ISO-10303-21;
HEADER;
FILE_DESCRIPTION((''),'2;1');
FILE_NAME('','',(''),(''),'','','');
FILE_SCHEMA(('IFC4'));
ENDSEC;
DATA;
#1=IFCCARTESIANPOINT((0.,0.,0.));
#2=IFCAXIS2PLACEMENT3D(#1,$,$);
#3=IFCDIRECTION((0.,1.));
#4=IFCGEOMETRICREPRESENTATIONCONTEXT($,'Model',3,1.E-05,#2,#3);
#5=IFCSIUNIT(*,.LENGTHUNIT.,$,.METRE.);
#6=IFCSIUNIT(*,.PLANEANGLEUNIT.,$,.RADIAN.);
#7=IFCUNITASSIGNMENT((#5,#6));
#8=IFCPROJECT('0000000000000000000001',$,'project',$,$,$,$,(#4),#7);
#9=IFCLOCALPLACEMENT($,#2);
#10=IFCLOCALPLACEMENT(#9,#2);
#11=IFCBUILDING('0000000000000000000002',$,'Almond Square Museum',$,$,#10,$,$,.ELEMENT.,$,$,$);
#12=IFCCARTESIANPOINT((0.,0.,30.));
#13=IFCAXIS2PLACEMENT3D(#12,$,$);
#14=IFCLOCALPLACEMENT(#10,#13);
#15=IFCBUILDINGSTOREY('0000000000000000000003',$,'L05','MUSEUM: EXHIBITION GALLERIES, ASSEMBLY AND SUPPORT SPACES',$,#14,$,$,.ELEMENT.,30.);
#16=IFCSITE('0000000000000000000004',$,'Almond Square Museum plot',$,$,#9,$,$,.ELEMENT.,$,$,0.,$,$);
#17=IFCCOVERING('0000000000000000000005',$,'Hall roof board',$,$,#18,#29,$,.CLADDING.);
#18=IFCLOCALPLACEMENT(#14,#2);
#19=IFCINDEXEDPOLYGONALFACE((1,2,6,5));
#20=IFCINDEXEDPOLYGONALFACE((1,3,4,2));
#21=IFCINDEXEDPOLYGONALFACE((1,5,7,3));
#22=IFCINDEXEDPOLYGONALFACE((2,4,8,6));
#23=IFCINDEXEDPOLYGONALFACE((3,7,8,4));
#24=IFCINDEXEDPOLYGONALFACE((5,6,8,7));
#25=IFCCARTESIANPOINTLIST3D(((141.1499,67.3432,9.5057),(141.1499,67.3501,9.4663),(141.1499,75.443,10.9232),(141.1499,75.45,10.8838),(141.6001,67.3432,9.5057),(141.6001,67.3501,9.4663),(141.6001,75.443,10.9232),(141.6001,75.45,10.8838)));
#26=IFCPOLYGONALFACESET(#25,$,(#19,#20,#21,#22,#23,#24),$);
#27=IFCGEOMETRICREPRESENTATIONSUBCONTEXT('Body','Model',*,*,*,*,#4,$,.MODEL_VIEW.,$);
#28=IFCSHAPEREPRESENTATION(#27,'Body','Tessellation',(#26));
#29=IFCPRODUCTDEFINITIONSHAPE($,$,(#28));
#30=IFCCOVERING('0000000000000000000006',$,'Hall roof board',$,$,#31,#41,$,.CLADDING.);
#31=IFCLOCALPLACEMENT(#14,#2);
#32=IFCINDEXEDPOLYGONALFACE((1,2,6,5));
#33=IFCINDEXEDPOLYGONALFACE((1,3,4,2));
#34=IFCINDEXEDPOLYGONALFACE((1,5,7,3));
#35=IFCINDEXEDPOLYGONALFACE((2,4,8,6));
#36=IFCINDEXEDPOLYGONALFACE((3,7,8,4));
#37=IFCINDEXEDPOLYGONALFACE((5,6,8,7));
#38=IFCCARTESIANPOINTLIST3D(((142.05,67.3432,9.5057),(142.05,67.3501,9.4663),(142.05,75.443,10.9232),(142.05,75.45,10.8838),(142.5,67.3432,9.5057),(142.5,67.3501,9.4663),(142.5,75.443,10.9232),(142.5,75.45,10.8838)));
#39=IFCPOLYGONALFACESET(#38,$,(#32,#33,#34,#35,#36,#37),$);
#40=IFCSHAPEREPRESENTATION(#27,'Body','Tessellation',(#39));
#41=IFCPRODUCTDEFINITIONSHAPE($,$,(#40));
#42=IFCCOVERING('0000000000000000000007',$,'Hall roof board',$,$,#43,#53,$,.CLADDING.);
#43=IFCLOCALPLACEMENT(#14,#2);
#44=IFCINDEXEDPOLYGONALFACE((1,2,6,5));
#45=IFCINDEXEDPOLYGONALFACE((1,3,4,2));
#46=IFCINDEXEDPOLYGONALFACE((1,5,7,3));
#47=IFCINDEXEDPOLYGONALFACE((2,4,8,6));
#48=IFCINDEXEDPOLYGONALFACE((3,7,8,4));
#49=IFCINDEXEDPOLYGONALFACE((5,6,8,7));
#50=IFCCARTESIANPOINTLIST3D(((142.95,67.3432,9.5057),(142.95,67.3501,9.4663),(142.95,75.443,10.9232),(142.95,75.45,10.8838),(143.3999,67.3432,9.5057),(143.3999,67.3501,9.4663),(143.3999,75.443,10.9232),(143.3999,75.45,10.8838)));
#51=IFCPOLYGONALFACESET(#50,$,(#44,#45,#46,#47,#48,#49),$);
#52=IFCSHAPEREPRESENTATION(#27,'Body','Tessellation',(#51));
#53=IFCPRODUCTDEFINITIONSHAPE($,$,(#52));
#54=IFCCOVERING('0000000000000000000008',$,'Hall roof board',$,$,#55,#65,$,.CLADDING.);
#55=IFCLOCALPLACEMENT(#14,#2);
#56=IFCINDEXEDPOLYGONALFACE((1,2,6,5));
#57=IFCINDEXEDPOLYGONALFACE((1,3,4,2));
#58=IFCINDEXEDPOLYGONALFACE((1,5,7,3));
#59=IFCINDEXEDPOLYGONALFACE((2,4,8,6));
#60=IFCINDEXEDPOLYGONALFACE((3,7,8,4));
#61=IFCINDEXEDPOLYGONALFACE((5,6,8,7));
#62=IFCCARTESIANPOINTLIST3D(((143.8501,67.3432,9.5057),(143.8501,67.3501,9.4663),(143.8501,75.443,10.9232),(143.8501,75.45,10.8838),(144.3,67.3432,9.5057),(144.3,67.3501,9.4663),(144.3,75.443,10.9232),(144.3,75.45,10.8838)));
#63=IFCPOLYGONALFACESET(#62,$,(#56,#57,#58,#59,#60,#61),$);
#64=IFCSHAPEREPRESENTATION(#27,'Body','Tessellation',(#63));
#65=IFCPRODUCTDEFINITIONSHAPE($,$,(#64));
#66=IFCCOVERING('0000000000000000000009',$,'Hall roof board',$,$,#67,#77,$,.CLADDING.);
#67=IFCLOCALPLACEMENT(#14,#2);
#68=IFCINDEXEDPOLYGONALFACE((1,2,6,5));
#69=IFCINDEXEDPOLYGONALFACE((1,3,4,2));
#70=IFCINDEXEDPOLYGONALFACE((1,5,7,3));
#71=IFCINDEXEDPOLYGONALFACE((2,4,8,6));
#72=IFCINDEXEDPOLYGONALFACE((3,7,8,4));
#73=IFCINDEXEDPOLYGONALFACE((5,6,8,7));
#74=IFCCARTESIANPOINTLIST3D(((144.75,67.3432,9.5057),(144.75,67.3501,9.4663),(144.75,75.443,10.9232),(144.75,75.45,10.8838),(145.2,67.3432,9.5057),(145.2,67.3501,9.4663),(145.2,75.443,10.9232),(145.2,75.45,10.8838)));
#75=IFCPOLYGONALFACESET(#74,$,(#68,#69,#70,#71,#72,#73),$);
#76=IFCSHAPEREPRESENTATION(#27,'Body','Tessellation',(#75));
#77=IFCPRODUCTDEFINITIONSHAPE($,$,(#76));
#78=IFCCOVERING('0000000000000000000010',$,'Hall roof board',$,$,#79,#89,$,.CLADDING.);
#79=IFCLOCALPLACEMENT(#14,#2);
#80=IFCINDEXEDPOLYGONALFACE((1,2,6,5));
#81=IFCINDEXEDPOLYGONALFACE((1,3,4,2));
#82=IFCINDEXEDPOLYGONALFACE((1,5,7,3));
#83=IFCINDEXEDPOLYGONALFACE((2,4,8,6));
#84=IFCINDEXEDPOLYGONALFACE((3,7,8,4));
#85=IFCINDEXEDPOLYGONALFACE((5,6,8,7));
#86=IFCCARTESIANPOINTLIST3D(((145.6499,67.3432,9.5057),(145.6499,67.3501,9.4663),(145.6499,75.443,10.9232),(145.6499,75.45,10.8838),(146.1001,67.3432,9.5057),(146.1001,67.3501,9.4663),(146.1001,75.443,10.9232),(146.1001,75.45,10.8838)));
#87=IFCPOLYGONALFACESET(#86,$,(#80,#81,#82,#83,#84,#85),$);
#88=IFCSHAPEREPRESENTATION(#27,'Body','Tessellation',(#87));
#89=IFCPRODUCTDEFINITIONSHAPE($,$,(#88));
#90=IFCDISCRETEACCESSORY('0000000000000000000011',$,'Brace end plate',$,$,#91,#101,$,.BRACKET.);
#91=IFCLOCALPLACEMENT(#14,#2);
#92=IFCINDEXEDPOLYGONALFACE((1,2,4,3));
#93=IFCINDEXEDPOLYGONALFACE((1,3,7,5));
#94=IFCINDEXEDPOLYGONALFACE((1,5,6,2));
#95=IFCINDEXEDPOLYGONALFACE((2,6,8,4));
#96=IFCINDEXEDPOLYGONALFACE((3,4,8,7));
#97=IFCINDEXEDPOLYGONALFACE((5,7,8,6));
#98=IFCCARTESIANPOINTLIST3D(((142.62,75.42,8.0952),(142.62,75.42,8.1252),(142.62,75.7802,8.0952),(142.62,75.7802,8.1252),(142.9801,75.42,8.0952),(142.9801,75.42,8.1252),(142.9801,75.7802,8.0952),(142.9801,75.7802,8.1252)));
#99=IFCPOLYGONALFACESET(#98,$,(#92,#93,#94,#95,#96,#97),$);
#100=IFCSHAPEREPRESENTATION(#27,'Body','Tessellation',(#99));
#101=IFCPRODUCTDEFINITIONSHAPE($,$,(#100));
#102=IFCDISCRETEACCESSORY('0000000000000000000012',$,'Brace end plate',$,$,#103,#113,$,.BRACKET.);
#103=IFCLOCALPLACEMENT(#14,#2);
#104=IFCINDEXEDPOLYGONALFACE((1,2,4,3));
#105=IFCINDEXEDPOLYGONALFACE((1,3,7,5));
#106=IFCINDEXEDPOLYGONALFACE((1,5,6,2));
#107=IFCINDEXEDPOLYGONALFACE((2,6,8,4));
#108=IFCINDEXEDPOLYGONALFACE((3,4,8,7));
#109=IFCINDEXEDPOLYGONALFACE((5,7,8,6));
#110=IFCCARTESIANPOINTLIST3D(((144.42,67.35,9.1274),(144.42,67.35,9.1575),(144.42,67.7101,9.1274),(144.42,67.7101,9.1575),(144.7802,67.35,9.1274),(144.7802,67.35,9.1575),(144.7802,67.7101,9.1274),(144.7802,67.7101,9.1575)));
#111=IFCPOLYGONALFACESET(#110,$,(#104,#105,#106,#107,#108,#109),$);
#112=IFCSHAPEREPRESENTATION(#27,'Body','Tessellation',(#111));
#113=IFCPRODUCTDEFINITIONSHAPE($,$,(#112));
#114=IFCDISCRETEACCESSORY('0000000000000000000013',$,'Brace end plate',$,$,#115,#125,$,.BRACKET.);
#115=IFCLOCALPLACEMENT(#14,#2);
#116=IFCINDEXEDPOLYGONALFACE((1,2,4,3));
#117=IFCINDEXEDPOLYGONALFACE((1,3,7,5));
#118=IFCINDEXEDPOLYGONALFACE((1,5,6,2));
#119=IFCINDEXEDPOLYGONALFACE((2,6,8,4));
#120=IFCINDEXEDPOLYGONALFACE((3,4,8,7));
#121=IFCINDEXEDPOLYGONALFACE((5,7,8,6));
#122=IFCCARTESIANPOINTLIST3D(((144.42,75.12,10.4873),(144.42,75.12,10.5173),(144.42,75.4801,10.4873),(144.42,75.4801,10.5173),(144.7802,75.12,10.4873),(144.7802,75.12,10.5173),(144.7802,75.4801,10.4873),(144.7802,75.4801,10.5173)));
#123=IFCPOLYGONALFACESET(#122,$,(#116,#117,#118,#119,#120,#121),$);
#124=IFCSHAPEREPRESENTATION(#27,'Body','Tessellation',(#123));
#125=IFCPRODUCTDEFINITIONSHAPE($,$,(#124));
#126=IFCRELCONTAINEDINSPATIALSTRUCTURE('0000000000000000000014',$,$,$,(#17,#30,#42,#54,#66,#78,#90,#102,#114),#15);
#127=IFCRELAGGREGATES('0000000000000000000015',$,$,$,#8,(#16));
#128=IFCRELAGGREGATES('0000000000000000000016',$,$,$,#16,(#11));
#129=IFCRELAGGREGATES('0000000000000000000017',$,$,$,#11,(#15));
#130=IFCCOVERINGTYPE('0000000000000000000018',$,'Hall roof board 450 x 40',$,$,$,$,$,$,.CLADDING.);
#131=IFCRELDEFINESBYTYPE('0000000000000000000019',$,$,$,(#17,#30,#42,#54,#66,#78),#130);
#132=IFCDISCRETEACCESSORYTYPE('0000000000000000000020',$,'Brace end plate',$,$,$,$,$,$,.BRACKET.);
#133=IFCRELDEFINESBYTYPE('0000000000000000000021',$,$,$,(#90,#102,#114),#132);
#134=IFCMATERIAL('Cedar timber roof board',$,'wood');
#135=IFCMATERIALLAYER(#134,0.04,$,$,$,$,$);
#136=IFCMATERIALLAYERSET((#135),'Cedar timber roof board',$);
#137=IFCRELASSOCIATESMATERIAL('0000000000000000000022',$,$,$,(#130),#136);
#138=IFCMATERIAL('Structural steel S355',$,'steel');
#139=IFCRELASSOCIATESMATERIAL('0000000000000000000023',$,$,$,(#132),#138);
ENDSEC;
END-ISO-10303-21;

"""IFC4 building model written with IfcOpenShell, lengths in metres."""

from ifc_helpers import new_model, si_unit, direction, frame, origin, origin_2d, place, context, subcontext, project, spatial, polyline, rectangle, outline, extrude, material, layer, layer_set, type_object, element, save


model = new_model("IFC4")

# Units and contexts
model_context = context("Model", 3, precision=1e-05, world=origin(), true_north=direction((0.0, 1.0)))
body_context = subcontext(model_context, "Body", "Model", "MODEL_VIEW")
ifc_project = project(units=[si_unit("LENGTHUNIT", "METRE"), si_unit("PLANEANGLEUNIT", "RADIAN")], contexts=[model_context])

# Site, building, storey
site_placement = place(None, origin())
site = spatial("IfcSite", under=ifc_project, at=site_placement, Name="Almond Square Museum plot", CompositionType="ELEMENT", RefElevation=0.0)
building_placement = place(site_placement, origin())
building = spatial("IfcBuilding", under=site, at=building_placement, Name="Almond Square Museum", CompositionType="ELEMENT")
storey_placement = place(building_placement, frame((0.0, 0.0, 30.0)))
storey = spatial("IfcBuildingStorey", under=building, at=storey_placement, Name="L05", Description="MUSEUM: EXHIBITION GALLERIES, ASSEMBLY AND SUPPORT SPACES", CompositionType="ELEMENT", Elevation=30.0)

# Coverings
ifc_material_1 = material(Name="Cedar timber roof board", Category="wood")
ifc_layer = layer(ifc_material_1, 0.04)
ifc_layer_set = layer_set([ifc_layer], Name="Cedar timber roof board")
covering_type = type_object("IfcCoveringType", Name="Hall roof board 450 x 40", PredefinedType="CLADDING", material=ifc_layer_set)
covering_1_placement = place(storey_placement, frame((141.6001, 75.45, 10.8838), z_axis=(0.0, -0.172381, 0.98503), x_axis=(-1.0, 0.0, 0.0)))
element("IfcCovering", 1, at=covering_1_placement, inside=storey, type_object=covering_type, Name="Hall roof board", PredefinedType="CLADDING", context=body_context, shape_type="SweptSolid", body=[
    extrude(outline(polyline([(0.0, 0.0), (0.4502, 0.0), (0.4502, 8.2229), (0.0, 8.2229), (0.0, 0.0)])), origin(), (0.0, 0.0, 1.0), 0.04),
])
for number, where, z_axis, x_axis, name in (
    (2, (142.5, 75.45, 10.8838), (0.0, -0.172381, 0.98503), (-1.0, 0.0, 0.0), "Hall roof board"),
    (3, (143.3999, 75.45, 10.8838), (0.0, -0.172381, 0.98503), (-1.0, 0.0, 0.0), "Hall roof board"),
    (4, (144.3, 75.45, 10.8838), (0.0, -0.172381, 0.98503), (-1.0, 0.0, 0.0), "Hall roof board"),
    (5, (145.2, 75.45, 10.8838), (0.0, -0.172381, 0.98503), (-1.0, 0.0, 0.0), "Hall roof board"),
):
    element("IfcCovering", number, at=place(storey_placement, frame(where, z_axis=z_axis, x_axis=x_axis)), inside=storey, type_object=covering_type, Name=name, PredefinedType="CLADDING", context=body_context, shape_type="SweptSolid", body=[
        extrude(outline(polyline([(0.0, 0.0), (0.45, 0.0), (0.45, 8.2229), (0.0, 8.2229), (0.0, 0.0)])), origin(), (0.0, 0.0, 1.0), 0.04),
    ])
covering_2_placement = place(storey_placement, frame((146.1001, 75.45, 10.8838), z_axis=(0.0, -0.172381, 0.98503), x_axis=(-1.0, 0.0, 0.0)))
element("IfcCovering", 6, at=covering_2_placement, inside=storey, type_object=covering_type, Name="Hall roof board", PredefinedType="CLADDING", context=body_context, shape_type="SweptSolid", body=[
    extrude(outline(polyline([(0.0, 0.0), (0.4502, 0.0), (0.4502, 8.2229), (0.0, 8.2229), (0.0, 0.0)])), origin(), (0.0, 0.0, 1.0), 0.04),
])

# Discrete accessories
ifc_material_2 = material(Name="Structural steel S355", Category="steel")
discrete_accessory_type = type_object("IfcDiscreteAccessoryType", Name="Brace end plate", PredefinedType="BRACKET", material=ifc_material_2)
for number, where, z_axis, x_axis, name in (
    (7, (142.8, 75.6001, 8.0952), (0.0, 0.0, 1.0), (1.0, 0.0, 0.0), "Brace end plate"),
    (8, (144.6001, 67.53, 9.1274), (0.0, 0.0, 1.0), (1.0, 0.0, 0.0), "Brace end plate"),
    (9, (144.6001, 75.3, 10.4873), (0.0, 0.0, 1.0), (1.0, 0.0, 0.0), "Brace end plate"),
):
    element("IfcDiscreteAccessory", number, at=place(storey_placement, frame(where, z_axis=z_axis, x_axis=x_axis)), inside=storey, type_object=discrete_accessory_type, Name=name, PredefinedType="BRACKET", context=body_context, shape_type="SweptSolid", body=[
        extrude(rectangle(XDim=0.3601, YDim=0.3601, at=origin_2d()), origin(), (0.0, 0.0, 1.0), 0.03),
    ])

save(model, "model.ifc")
